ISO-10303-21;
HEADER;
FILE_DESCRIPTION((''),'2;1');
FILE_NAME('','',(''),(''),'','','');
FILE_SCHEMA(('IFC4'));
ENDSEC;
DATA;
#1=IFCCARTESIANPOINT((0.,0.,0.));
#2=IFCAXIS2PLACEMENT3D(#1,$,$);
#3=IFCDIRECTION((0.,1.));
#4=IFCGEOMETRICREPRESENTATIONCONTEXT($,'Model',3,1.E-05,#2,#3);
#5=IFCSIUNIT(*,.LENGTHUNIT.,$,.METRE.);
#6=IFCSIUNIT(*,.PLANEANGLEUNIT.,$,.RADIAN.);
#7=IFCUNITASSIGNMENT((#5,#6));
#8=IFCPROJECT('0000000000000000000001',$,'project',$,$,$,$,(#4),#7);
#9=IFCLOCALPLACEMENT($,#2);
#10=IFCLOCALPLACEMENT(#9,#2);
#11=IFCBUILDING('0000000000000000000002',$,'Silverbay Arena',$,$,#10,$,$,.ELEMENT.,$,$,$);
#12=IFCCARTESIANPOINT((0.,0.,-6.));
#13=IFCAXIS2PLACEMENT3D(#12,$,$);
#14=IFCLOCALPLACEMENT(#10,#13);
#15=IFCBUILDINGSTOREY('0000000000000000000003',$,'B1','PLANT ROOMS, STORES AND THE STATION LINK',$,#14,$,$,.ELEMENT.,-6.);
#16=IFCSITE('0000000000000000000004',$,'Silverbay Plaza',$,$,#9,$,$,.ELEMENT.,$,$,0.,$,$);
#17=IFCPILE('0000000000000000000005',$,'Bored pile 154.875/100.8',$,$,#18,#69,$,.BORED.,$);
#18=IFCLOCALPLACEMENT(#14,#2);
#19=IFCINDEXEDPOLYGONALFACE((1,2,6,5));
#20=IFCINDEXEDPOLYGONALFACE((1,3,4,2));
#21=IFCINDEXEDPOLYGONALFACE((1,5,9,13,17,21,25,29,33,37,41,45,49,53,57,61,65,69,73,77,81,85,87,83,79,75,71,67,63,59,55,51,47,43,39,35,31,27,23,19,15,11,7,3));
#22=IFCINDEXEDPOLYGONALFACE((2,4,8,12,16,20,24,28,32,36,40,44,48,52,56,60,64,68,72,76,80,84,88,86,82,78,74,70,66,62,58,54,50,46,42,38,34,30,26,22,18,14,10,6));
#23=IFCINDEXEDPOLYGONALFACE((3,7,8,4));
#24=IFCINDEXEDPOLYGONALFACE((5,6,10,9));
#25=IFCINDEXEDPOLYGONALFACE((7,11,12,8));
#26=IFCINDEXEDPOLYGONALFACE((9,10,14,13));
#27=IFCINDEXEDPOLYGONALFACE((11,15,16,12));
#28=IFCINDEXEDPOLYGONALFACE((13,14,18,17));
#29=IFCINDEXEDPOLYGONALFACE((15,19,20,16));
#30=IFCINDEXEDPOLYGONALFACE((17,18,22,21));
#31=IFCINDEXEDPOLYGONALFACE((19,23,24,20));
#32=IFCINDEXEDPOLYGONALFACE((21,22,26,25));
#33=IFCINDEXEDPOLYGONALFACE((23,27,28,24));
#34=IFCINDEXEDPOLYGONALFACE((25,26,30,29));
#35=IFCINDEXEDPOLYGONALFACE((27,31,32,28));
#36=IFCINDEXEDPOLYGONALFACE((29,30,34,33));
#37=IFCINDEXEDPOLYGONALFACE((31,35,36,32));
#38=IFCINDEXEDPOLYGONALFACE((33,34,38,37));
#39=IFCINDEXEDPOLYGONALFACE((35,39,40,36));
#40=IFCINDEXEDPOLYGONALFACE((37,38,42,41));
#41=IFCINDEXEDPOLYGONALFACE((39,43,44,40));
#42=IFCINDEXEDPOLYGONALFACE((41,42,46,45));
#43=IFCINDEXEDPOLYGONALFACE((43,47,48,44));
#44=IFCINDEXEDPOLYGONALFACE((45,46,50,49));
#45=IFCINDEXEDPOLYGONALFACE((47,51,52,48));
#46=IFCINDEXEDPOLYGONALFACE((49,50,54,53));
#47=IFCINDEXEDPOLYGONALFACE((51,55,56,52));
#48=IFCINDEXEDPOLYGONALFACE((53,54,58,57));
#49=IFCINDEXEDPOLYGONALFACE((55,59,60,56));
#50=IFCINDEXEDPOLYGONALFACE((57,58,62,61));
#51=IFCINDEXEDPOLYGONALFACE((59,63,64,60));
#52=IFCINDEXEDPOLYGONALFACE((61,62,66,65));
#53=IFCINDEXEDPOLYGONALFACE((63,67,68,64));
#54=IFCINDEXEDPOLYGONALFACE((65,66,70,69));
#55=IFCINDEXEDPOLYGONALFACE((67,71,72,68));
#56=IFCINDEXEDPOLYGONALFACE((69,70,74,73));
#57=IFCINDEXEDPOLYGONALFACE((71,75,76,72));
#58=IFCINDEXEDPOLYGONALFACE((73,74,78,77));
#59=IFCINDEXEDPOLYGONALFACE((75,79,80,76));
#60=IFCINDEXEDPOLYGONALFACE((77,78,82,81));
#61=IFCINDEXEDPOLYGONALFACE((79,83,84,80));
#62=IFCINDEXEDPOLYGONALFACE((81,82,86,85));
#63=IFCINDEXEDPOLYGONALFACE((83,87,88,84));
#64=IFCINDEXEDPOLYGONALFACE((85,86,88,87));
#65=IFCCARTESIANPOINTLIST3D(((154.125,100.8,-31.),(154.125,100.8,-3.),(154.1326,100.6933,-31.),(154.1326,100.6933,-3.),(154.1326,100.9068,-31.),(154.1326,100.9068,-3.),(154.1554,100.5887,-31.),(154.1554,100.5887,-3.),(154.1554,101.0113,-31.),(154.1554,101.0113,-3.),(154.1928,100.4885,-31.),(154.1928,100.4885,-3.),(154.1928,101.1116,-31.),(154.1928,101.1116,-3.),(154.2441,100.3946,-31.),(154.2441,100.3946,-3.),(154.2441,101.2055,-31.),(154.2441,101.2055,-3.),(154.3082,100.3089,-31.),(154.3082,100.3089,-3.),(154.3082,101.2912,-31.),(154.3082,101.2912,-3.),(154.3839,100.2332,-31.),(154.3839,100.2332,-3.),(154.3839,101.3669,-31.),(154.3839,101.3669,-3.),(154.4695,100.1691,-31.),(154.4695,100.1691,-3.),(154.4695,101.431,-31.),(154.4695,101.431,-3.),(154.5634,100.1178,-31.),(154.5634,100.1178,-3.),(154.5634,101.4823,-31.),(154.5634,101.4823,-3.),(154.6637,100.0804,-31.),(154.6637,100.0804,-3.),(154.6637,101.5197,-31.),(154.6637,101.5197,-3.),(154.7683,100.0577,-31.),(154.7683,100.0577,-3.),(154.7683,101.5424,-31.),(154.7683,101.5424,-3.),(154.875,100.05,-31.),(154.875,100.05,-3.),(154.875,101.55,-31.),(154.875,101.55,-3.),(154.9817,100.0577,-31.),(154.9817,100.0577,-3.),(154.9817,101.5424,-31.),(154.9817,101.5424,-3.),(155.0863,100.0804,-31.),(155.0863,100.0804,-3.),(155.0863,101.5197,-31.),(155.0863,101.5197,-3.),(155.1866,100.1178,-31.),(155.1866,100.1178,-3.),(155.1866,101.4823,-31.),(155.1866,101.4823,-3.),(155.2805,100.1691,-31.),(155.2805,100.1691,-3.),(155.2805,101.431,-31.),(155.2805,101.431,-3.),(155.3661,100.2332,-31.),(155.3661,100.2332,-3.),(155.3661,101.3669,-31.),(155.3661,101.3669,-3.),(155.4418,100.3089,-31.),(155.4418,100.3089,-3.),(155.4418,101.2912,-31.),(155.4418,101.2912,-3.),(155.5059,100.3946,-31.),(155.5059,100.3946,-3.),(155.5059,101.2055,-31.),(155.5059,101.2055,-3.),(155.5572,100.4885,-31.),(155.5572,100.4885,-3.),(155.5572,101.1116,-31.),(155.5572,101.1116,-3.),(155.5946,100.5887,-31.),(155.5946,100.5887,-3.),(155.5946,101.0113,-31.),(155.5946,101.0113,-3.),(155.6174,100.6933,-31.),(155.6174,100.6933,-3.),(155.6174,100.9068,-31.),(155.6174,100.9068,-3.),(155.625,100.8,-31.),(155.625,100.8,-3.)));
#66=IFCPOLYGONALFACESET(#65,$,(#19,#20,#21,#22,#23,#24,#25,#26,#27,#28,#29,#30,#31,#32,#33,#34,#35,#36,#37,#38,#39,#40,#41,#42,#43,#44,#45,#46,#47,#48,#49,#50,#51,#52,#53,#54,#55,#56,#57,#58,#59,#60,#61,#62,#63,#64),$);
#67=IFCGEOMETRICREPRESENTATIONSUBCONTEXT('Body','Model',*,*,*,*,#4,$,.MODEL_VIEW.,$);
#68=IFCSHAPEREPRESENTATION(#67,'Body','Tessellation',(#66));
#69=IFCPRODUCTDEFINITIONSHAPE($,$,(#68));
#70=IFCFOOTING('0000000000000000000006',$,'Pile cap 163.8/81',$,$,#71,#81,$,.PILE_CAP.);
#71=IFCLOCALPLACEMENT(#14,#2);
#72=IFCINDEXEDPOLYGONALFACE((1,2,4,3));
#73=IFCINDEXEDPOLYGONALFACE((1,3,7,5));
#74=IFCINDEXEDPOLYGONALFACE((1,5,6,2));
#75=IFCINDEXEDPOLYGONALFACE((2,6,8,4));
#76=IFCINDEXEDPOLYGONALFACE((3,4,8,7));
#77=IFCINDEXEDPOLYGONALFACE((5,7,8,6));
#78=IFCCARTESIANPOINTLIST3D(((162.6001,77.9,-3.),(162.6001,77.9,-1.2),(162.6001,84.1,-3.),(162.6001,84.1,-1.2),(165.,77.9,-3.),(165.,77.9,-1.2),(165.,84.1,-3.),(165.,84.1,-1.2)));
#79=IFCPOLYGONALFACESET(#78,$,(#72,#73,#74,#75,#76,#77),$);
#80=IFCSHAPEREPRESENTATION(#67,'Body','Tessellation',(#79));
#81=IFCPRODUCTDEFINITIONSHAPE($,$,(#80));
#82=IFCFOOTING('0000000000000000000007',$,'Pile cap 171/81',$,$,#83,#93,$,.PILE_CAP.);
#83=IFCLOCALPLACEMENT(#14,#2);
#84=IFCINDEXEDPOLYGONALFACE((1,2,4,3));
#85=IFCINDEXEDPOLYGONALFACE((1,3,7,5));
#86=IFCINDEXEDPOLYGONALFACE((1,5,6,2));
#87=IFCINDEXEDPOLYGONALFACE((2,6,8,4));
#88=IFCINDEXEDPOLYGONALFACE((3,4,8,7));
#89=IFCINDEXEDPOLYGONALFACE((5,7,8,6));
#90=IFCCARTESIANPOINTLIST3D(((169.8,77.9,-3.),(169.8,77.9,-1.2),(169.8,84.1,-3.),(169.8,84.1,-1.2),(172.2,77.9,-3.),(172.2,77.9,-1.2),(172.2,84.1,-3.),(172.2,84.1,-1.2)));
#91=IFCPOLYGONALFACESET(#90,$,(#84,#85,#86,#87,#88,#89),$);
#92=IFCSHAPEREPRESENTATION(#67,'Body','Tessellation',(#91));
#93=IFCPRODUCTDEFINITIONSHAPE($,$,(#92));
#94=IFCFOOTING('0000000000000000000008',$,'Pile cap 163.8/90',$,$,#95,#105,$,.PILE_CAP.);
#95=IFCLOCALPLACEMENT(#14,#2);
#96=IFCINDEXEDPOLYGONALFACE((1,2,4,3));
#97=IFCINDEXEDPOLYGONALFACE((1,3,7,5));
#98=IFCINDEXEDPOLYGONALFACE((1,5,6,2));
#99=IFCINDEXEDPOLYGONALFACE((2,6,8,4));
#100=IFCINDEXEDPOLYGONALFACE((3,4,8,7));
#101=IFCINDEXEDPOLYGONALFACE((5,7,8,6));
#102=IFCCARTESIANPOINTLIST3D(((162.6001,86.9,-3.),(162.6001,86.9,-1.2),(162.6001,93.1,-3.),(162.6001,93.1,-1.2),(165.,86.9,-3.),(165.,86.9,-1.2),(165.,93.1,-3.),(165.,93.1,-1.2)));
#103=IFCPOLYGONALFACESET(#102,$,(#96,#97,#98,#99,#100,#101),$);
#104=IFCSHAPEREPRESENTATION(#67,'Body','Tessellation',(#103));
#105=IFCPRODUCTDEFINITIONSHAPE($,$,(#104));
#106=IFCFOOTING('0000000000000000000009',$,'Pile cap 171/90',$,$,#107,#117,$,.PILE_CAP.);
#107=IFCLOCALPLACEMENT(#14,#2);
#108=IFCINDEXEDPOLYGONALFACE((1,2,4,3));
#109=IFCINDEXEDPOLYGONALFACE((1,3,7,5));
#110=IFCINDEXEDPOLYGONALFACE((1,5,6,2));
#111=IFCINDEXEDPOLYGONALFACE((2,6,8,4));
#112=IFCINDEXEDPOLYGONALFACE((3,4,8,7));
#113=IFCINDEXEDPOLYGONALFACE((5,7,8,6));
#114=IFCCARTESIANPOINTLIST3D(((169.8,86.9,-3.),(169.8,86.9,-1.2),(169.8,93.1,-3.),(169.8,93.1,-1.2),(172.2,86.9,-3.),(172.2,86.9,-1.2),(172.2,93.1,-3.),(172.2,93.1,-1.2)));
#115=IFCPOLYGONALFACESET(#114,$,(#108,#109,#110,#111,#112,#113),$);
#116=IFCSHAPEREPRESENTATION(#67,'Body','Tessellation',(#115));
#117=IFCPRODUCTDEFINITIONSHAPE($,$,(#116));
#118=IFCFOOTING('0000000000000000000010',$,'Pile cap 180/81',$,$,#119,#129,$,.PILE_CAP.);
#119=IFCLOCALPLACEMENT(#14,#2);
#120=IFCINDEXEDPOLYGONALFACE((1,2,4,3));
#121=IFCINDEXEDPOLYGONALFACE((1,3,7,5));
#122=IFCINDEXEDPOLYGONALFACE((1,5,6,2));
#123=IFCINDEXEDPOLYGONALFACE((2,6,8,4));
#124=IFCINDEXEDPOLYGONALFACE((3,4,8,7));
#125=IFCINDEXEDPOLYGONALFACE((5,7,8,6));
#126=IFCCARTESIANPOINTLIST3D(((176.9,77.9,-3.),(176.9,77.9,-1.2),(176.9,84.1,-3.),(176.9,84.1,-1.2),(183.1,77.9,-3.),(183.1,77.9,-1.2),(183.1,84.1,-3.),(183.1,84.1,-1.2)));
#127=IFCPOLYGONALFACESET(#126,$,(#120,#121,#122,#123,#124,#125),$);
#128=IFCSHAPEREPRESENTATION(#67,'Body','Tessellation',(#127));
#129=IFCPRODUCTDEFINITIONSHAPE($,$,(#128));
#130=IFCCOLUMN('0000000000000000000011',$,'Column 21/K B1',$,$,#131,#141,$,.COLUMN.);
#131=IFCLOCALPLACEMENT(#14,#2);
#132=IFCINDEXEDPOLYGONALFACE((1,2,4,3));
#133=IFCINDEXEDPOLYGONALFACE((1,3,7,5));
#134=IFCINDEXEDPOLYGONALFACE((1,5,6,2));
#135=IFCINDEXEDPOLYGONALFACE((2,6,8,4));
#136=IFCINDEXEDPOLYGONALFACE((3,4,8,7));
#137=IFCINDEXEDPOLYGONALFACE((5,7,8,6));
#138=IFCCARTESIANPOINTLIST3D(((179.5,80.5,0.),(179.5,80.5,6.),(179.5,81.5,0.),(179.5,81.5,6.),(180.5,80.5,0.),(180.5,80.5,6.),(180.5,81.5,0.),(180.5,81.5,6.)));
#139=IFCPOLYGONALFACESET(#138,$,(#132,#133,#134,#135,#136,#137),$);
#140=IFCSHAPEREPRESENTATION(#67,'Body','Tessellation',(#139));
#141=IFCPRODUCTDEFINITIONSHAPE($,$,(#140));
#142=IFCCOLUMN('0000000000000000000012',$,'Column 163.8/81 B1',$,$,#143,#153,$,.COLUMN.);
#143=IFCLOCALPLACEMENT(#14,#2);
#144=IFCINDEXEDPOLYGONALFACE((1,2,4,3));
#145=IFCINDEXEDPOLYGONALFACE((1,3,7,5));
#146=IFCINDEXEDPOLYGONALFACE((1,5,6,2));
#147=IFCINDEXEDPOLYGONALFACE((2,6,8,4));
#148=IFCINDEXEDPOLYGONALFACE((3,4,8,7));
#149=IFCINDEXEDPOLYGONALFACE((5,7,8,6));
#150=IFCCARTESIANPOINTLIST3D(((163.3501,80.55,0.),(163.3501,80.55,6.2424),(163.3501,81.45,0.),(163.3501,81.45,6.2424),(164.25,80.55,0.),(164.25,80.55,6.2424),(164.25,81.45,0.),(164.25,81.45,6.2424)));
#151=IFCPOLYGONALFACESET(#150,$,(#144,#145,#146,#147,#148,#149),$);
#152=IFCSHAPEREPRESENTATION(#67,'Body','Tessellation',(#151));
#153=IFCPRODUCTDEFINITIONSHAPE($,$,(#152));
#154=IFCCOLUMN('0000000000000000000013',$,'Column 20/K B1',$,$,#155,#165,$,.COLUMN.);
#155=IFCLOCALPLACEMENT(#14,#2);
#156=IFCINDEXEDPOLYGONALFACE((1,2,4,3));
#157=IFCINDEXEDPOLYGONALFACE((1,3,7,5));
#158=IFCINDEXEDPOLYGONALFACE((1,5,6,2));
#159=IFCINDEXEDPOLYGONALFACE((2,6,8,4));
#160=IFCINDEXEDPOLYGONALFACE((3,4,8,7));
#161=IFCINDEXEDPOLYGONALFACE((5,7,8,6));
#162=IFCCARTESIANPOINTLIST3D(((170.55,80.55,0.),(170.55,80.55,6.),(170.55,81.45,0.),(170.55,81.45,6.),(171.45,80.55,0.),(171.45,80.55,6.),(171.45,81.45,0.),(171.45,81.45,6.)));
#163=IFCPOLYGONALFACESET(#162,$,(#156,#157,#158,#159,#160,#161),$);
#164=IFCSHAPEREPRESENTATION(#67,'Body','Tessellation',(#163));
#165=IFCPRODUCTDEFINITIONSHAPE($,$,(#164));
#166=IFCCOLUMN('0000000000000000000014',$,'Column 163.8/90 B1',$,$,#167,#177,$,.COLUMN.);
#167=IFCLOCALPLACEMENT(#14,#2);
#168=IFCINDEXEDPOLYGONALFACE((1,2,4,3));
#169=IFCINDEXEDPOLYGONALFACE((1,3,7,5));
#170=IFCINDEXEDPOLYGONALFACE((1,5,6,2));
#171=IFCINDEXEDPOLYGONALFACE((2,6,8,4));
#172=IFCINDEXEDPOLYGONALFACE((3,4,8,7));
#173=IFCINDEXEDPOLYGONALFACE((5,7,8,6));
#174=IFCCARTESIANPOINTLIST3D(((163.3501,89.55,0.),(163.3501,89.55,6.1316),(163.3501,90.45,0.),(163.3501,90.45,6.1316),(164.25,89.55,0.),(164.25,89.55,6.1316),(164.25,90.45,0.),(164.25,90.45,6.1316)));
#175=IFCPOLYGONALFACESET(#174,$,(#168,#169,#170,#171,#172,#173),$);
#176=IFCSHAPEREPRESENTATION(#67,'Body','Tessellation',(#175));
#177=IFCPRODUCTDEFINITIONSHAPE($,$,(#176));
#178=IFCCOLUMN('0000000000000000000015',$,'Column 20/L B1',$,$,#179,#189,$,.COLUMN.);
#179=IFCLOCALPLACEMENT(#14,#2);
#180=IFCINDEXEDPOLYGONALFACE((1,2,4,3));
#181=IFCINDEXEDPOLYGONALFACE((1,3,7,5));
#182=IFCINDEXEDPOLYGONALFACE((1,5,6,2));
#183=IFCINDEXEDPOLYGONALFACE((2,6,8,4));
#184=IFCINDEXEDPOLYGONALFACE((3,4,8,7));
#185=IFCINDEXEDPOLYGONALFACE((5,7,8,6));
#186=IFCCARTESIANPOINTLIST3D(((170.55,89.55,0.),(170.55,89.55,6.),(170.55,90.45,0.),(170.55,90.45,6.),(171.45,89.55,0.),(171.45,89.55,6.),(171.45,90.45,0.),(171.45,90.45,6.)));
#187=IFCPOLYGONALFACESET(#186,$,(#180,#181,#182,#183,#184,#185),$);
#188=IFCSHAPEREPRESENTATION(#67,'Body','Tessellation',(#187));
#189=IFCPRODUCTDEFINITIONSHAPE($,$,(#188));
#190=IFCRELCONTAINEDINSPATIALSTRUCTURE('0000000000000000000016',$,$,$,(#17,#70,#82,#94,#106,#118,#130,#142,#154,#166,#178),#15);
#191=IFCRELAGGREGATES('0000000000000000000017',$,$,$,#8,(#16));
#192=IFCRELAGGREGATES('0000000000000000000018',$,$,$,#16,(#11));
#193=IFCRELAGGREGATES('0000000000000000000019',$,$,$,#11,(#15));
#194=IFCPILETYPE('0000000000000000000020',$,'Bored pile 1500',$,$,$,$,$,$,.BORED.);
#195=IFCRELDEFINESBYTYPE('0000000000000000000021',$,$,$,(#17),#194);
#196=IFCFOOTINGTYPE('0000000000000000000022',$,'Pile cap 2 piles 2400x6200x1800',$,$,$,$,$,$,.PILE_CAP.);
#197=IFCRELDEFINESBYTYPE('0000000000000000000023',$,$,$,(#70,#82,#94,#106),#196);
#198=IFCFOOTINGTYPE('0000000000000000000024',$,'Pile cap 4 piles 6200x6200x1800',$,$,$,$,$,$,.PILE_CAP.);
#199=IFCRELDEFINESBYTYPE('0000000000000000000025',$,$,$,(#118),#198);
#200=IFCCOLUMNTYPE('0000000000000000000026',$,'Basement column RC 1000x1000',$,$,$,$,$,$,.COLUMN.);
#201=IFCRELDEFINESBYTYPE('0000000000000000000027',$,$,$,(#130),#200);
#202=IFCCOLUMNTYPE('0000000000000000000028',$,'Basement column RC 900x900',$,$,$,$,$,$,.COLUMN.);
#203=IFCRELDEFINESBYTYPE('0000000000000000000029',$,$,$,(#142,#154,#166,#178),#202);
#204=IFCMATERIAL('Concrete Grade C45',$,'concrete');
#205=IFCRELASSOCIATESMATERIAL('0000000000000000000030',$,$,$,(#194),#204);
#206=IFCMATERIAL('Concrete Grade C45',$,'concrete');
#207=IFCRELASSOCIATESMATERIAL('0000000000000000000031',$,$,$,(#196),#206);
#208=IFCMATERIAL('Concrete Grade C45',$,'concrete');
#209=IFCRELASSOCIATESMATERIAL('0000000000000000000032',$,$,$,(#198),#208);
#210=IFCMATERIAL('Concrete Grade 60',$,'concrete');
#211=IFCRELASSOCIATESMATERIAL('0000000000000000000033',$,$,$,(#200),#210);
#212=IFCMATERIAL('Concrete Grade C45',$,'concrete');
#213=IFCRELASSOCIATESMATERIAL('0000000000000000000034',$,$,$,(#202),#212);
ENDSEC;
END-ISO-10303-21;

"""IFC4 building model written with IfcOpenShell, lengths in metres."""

from ifc_helpers import new_model, si_unit, direction, frame, origin, origin_2d, place, context, subcontext, project, spatial, rectangle, circle, extrude, material, material_profile, profile_set, type_object, element, save


model = new_model("IFC4")

# Units and contexts
model_context = context("Model", 3, precision=1e-05, world=origin(), true_north=direction((0.0, 1.0)))
body_context = subcontext(model_context, "Body", "Model", "MODEL_VIEW")
ifc_project = project(units=[si_unit("LENGTHUNIT", "METRE"), si_unit("PLANEANGLEUNIT", "RADIAN")], contexts=[model_context])

# Site, building, storey
site_placement = place(None, origin())
site = spatial("IfcSite", under=ifc_project, at=site_placement, Name="Silverbay Plaza", CompositionType="ELEMENT", RefElevation=0.0)
building_placement = place(site_placement, origin())
building = spatial("IfcBuilding", under=site, at=building_placement, Name="Silverbay Arena", CompositionType="ELEMENT")
storey_placement = place(building_placement, frame((0.0, 0.0, -6.0)))
storey = spatial("IfcBuildingStorey", under=building, at=storey_placement, Name="B1", Description="PLANT ROOMS, STORES AND THE STATION LINK", CompositionType="ELEMENT", Elevation=-6.0)

# Pile
ifc_material_1 = material(Name="Concrete Grade C45", Category="concrete")
ifc_material_profile_1 = material_profile(ifc_material_1, circle(Radius=0.75, at=origin_2d()), Name="Bored pile 1500")
ifc_profile_set_1 = profile_set([ifc_material_profile_1], Name="Concrete Grade C45")
pile_type = type_object("IfcPileType", Name="Bored pile 1500", PredefinedType="BORED", material=ifc_profile_set_1)
for number, where, z_axis, x_axis, name in (
    (1, (154.875, 100.8, -3.0), (0.0, 0.0, -1.0), (1.0, 0.0, 0.0), "Bored pile 154.875/100.8"),
):
    element("IfcPile", number, at=place(storey_placement, frame(where, z_axis=z_axis, x_axis=x_axis)), inside=storey, type_object=pile_type, Name=name, PredefinedType="BORED", context=body_context, shape_type="SweptSolid", body=[
        extrude(circle(Radius=0.75, at=origin_2d()), origin(), (0.0, 0.0, 1.0), 28.0),
    ])

# Footings
ifc_material_2 = material(Name="Concrete Grade C45", Category="concrete")
footing_type_1 = type_object("IfcFootingType", Name="Pile cap 2 piles 2400x6200x1800", PredefinedType="PILE_CAP", material=ifc_material_2)
for number, where, z_axis, x_axis, name in (
    (2, (163.8, 81.0, -3.0), (0.0, 0.0, 1.0), (1.0, 0.0, 0.0), "Pile cap 163.8/81"),
    (3, (171.0, 81.0, -3.0), (0.0, 0.0, 1.0), (1.0, 0.0, 0.0), "Pile cap 171/81"),
    (4, (163.8, 90.0, -3.0), (0.0, 0.0, 1.0), (1.0, 0.0, 0.0), "Pile cap 163.8/90"),
    (5, (171.0, 90.0, -3.0), (0.0, 0.0, 1.0), (1.0, 0.0, 0.0), "Pile cap 171/90"),
):
    element("IfcFooting", number, at=place(storey_placement, frame(where, z_axis=z_axis, x_axis=x_axis)), inside=storey, type_object=footing_type_1, Name=name, PredefinedType="PILE_CAP", context=body_context, shape_type="SweptSolid", body=[
        extrude(rectangle(XDim=2.3999, YDim=6.2, at=origin_2d()), origin(), (0.0, 0.0, 1.0), 1.8),
    ])
ifc_material_3 = material(Name="Concrete Grade C45", Category="concrete")
footing_type_2 = type_object("IfcFootingType", Name="Pile cap 4 piles 6200x6200x1800", PredefinedType="PILE_CAP", material=ifc_material_3)
footing_placement = place(storey_placement, frame((180.0, 81.0, -3.0), z_axis=(0.0, 0.0, 1.0), x_axis=(1.0, 0.0, 0.0)))
element("IfcFooting", 6, at=footing_placement, inside=storey, type_object=footing_type_2, Name="Pile cap 180/81", PredefinedType="PILE_CAP", context=body_context, shape_type="SweptSolid", body=[
    extrude(rectangle(XDim=6.2, YDim=6.2, at=origin_2d()), origin(), (0.0, 0.0, 1.0), 1.8),
])

# Columns
ifc_material_4 = material(Name="Concrete Grade 60", Category="concrete")
ifc_material_profile_2 = material_profile(ifc_material_4, rectangle(XDim=1.0, YDim=1.0, at=origin_2d()), Name="RC 1000x1000")
ifc_profile_set_2 = profile_set([ifc_material_profile_2], Name="Concrete Grade 60")
column_type_1 = type_object("IfcColumnType", Name="Basement column RC 1000x1000", PredefinedType="COLUMN", material=ifc_profile_set_2)
column_1_placement = place(storey_placement, frame((180.0, 81.0, 0.0), z_axis=(0.0, 0.0, 1.0), x_axis=(1.0, 0.0, 0.0)))
element("IfcColumn", 7, at=column_1_placement, inside=storey, type_object=column_type_1, Name="Column 21/K B1", PredefinedType="COLUMN", context=body_context, shape_type="SweptSolid", body=[
    extrude(rectangle(XDim=1.0, YDim=1.0, at=origin_2d()), origin(), (0.0, 0.0, 1.0), 6.0),
])
ifc_material_5 = material(Name="Concrete Grade C45", Category="concrete")
ifc_material_profile_3 = material_profile(ifc_material_5, rectangle(XDim=0.8999, YDim=0.8999, at=origin_2d()), Name="RC 900x900")
ifc_profile_set_3 = profile_set([ifc_material_profile_3], Name="Concrete Grade C45")
column_type_2 = type_object("IfcColumnType", Name="Basement column RC 900x900", PredefinedType="COLUMN", material=ifc_profile_set_3)
column_2_placement = place(storey_placement, frame((163.8, 81.0, 0.0), z_axis=(0.0, 0.0, 1.0), x_axis=(1.0, 0.0, 0.0)))
element("IfcColumn", 8, at=column_2_placement, inside=storey, type_object=column_type_2, Name="Column 163.8/81 B1", PredefinedType="COLUMN", context=body_context, shape_type="SweptSolid", body=[
    extrude(rectangle(XDim=0.8999, YDim=0.8999, at=origin_2d()), origin(), (0.0, 0.0, 1.0), 6.2424),
])
column_3_placement = place(storey_placement, frame((171.0, 81.0, 0.0), z_axis=(0.0, 0.0, 1.0), x_axis=(1.0, 0.0, 0.0)))
element("IfcColumn", 9, at=column_3_placement, inside=storey, type_object=column_type_2, Name="Column 20/K B1", PredefinedType="COLUMN", context=body_context, shape_type="SweptSolid", body=[
    extrude(rectangle(XDim=0.8999, YDim=0.8999, at=origin_2d()), origin(), (0.0, 0.0, 1.0), 6.0),
])
column_4_placement = place(storey_placement, frame((163.8, 90.0, 0.0), z_axis=(0.0, 0.0, 1.0), x_axis=(1.0, 0.0, 0.0)))
element("IfcColumn", 10, at=column_4_placement, inside=storey, type_object=column_type_2, Name="Column 163.8/90 B1", PredefinedType="COLUMN", context=body_context, shape_type="SweptSolid", body=[
    extrude(rectangle(XDim=0.8999, YDim=0.8999, at=origin_2d()), origin(), (0.0, 0.0, 1.0), 6.1316),
])
column_5_placement = place(storey_placement, frame((171.0, 90.0, 0.0), z_axis=(0.0, 0.0, 1.0), x_axis=(1.0, 0.0, 0.0)))
element("IfcColumn", 11, at=column_5_placement, inside=storey, type_object=column_type_2, Name="Column 20/L B1", PredefinedType="COLUMN", context=body_context, shape_type="SweptSolid", body=[
    extrude(rectangle(XDim=0.8999, YDim=0.8999, at=origin_2d()), origin(), (0.0, 0.0, 1.0), 6.0),
])

save(model, "model.ifc")
